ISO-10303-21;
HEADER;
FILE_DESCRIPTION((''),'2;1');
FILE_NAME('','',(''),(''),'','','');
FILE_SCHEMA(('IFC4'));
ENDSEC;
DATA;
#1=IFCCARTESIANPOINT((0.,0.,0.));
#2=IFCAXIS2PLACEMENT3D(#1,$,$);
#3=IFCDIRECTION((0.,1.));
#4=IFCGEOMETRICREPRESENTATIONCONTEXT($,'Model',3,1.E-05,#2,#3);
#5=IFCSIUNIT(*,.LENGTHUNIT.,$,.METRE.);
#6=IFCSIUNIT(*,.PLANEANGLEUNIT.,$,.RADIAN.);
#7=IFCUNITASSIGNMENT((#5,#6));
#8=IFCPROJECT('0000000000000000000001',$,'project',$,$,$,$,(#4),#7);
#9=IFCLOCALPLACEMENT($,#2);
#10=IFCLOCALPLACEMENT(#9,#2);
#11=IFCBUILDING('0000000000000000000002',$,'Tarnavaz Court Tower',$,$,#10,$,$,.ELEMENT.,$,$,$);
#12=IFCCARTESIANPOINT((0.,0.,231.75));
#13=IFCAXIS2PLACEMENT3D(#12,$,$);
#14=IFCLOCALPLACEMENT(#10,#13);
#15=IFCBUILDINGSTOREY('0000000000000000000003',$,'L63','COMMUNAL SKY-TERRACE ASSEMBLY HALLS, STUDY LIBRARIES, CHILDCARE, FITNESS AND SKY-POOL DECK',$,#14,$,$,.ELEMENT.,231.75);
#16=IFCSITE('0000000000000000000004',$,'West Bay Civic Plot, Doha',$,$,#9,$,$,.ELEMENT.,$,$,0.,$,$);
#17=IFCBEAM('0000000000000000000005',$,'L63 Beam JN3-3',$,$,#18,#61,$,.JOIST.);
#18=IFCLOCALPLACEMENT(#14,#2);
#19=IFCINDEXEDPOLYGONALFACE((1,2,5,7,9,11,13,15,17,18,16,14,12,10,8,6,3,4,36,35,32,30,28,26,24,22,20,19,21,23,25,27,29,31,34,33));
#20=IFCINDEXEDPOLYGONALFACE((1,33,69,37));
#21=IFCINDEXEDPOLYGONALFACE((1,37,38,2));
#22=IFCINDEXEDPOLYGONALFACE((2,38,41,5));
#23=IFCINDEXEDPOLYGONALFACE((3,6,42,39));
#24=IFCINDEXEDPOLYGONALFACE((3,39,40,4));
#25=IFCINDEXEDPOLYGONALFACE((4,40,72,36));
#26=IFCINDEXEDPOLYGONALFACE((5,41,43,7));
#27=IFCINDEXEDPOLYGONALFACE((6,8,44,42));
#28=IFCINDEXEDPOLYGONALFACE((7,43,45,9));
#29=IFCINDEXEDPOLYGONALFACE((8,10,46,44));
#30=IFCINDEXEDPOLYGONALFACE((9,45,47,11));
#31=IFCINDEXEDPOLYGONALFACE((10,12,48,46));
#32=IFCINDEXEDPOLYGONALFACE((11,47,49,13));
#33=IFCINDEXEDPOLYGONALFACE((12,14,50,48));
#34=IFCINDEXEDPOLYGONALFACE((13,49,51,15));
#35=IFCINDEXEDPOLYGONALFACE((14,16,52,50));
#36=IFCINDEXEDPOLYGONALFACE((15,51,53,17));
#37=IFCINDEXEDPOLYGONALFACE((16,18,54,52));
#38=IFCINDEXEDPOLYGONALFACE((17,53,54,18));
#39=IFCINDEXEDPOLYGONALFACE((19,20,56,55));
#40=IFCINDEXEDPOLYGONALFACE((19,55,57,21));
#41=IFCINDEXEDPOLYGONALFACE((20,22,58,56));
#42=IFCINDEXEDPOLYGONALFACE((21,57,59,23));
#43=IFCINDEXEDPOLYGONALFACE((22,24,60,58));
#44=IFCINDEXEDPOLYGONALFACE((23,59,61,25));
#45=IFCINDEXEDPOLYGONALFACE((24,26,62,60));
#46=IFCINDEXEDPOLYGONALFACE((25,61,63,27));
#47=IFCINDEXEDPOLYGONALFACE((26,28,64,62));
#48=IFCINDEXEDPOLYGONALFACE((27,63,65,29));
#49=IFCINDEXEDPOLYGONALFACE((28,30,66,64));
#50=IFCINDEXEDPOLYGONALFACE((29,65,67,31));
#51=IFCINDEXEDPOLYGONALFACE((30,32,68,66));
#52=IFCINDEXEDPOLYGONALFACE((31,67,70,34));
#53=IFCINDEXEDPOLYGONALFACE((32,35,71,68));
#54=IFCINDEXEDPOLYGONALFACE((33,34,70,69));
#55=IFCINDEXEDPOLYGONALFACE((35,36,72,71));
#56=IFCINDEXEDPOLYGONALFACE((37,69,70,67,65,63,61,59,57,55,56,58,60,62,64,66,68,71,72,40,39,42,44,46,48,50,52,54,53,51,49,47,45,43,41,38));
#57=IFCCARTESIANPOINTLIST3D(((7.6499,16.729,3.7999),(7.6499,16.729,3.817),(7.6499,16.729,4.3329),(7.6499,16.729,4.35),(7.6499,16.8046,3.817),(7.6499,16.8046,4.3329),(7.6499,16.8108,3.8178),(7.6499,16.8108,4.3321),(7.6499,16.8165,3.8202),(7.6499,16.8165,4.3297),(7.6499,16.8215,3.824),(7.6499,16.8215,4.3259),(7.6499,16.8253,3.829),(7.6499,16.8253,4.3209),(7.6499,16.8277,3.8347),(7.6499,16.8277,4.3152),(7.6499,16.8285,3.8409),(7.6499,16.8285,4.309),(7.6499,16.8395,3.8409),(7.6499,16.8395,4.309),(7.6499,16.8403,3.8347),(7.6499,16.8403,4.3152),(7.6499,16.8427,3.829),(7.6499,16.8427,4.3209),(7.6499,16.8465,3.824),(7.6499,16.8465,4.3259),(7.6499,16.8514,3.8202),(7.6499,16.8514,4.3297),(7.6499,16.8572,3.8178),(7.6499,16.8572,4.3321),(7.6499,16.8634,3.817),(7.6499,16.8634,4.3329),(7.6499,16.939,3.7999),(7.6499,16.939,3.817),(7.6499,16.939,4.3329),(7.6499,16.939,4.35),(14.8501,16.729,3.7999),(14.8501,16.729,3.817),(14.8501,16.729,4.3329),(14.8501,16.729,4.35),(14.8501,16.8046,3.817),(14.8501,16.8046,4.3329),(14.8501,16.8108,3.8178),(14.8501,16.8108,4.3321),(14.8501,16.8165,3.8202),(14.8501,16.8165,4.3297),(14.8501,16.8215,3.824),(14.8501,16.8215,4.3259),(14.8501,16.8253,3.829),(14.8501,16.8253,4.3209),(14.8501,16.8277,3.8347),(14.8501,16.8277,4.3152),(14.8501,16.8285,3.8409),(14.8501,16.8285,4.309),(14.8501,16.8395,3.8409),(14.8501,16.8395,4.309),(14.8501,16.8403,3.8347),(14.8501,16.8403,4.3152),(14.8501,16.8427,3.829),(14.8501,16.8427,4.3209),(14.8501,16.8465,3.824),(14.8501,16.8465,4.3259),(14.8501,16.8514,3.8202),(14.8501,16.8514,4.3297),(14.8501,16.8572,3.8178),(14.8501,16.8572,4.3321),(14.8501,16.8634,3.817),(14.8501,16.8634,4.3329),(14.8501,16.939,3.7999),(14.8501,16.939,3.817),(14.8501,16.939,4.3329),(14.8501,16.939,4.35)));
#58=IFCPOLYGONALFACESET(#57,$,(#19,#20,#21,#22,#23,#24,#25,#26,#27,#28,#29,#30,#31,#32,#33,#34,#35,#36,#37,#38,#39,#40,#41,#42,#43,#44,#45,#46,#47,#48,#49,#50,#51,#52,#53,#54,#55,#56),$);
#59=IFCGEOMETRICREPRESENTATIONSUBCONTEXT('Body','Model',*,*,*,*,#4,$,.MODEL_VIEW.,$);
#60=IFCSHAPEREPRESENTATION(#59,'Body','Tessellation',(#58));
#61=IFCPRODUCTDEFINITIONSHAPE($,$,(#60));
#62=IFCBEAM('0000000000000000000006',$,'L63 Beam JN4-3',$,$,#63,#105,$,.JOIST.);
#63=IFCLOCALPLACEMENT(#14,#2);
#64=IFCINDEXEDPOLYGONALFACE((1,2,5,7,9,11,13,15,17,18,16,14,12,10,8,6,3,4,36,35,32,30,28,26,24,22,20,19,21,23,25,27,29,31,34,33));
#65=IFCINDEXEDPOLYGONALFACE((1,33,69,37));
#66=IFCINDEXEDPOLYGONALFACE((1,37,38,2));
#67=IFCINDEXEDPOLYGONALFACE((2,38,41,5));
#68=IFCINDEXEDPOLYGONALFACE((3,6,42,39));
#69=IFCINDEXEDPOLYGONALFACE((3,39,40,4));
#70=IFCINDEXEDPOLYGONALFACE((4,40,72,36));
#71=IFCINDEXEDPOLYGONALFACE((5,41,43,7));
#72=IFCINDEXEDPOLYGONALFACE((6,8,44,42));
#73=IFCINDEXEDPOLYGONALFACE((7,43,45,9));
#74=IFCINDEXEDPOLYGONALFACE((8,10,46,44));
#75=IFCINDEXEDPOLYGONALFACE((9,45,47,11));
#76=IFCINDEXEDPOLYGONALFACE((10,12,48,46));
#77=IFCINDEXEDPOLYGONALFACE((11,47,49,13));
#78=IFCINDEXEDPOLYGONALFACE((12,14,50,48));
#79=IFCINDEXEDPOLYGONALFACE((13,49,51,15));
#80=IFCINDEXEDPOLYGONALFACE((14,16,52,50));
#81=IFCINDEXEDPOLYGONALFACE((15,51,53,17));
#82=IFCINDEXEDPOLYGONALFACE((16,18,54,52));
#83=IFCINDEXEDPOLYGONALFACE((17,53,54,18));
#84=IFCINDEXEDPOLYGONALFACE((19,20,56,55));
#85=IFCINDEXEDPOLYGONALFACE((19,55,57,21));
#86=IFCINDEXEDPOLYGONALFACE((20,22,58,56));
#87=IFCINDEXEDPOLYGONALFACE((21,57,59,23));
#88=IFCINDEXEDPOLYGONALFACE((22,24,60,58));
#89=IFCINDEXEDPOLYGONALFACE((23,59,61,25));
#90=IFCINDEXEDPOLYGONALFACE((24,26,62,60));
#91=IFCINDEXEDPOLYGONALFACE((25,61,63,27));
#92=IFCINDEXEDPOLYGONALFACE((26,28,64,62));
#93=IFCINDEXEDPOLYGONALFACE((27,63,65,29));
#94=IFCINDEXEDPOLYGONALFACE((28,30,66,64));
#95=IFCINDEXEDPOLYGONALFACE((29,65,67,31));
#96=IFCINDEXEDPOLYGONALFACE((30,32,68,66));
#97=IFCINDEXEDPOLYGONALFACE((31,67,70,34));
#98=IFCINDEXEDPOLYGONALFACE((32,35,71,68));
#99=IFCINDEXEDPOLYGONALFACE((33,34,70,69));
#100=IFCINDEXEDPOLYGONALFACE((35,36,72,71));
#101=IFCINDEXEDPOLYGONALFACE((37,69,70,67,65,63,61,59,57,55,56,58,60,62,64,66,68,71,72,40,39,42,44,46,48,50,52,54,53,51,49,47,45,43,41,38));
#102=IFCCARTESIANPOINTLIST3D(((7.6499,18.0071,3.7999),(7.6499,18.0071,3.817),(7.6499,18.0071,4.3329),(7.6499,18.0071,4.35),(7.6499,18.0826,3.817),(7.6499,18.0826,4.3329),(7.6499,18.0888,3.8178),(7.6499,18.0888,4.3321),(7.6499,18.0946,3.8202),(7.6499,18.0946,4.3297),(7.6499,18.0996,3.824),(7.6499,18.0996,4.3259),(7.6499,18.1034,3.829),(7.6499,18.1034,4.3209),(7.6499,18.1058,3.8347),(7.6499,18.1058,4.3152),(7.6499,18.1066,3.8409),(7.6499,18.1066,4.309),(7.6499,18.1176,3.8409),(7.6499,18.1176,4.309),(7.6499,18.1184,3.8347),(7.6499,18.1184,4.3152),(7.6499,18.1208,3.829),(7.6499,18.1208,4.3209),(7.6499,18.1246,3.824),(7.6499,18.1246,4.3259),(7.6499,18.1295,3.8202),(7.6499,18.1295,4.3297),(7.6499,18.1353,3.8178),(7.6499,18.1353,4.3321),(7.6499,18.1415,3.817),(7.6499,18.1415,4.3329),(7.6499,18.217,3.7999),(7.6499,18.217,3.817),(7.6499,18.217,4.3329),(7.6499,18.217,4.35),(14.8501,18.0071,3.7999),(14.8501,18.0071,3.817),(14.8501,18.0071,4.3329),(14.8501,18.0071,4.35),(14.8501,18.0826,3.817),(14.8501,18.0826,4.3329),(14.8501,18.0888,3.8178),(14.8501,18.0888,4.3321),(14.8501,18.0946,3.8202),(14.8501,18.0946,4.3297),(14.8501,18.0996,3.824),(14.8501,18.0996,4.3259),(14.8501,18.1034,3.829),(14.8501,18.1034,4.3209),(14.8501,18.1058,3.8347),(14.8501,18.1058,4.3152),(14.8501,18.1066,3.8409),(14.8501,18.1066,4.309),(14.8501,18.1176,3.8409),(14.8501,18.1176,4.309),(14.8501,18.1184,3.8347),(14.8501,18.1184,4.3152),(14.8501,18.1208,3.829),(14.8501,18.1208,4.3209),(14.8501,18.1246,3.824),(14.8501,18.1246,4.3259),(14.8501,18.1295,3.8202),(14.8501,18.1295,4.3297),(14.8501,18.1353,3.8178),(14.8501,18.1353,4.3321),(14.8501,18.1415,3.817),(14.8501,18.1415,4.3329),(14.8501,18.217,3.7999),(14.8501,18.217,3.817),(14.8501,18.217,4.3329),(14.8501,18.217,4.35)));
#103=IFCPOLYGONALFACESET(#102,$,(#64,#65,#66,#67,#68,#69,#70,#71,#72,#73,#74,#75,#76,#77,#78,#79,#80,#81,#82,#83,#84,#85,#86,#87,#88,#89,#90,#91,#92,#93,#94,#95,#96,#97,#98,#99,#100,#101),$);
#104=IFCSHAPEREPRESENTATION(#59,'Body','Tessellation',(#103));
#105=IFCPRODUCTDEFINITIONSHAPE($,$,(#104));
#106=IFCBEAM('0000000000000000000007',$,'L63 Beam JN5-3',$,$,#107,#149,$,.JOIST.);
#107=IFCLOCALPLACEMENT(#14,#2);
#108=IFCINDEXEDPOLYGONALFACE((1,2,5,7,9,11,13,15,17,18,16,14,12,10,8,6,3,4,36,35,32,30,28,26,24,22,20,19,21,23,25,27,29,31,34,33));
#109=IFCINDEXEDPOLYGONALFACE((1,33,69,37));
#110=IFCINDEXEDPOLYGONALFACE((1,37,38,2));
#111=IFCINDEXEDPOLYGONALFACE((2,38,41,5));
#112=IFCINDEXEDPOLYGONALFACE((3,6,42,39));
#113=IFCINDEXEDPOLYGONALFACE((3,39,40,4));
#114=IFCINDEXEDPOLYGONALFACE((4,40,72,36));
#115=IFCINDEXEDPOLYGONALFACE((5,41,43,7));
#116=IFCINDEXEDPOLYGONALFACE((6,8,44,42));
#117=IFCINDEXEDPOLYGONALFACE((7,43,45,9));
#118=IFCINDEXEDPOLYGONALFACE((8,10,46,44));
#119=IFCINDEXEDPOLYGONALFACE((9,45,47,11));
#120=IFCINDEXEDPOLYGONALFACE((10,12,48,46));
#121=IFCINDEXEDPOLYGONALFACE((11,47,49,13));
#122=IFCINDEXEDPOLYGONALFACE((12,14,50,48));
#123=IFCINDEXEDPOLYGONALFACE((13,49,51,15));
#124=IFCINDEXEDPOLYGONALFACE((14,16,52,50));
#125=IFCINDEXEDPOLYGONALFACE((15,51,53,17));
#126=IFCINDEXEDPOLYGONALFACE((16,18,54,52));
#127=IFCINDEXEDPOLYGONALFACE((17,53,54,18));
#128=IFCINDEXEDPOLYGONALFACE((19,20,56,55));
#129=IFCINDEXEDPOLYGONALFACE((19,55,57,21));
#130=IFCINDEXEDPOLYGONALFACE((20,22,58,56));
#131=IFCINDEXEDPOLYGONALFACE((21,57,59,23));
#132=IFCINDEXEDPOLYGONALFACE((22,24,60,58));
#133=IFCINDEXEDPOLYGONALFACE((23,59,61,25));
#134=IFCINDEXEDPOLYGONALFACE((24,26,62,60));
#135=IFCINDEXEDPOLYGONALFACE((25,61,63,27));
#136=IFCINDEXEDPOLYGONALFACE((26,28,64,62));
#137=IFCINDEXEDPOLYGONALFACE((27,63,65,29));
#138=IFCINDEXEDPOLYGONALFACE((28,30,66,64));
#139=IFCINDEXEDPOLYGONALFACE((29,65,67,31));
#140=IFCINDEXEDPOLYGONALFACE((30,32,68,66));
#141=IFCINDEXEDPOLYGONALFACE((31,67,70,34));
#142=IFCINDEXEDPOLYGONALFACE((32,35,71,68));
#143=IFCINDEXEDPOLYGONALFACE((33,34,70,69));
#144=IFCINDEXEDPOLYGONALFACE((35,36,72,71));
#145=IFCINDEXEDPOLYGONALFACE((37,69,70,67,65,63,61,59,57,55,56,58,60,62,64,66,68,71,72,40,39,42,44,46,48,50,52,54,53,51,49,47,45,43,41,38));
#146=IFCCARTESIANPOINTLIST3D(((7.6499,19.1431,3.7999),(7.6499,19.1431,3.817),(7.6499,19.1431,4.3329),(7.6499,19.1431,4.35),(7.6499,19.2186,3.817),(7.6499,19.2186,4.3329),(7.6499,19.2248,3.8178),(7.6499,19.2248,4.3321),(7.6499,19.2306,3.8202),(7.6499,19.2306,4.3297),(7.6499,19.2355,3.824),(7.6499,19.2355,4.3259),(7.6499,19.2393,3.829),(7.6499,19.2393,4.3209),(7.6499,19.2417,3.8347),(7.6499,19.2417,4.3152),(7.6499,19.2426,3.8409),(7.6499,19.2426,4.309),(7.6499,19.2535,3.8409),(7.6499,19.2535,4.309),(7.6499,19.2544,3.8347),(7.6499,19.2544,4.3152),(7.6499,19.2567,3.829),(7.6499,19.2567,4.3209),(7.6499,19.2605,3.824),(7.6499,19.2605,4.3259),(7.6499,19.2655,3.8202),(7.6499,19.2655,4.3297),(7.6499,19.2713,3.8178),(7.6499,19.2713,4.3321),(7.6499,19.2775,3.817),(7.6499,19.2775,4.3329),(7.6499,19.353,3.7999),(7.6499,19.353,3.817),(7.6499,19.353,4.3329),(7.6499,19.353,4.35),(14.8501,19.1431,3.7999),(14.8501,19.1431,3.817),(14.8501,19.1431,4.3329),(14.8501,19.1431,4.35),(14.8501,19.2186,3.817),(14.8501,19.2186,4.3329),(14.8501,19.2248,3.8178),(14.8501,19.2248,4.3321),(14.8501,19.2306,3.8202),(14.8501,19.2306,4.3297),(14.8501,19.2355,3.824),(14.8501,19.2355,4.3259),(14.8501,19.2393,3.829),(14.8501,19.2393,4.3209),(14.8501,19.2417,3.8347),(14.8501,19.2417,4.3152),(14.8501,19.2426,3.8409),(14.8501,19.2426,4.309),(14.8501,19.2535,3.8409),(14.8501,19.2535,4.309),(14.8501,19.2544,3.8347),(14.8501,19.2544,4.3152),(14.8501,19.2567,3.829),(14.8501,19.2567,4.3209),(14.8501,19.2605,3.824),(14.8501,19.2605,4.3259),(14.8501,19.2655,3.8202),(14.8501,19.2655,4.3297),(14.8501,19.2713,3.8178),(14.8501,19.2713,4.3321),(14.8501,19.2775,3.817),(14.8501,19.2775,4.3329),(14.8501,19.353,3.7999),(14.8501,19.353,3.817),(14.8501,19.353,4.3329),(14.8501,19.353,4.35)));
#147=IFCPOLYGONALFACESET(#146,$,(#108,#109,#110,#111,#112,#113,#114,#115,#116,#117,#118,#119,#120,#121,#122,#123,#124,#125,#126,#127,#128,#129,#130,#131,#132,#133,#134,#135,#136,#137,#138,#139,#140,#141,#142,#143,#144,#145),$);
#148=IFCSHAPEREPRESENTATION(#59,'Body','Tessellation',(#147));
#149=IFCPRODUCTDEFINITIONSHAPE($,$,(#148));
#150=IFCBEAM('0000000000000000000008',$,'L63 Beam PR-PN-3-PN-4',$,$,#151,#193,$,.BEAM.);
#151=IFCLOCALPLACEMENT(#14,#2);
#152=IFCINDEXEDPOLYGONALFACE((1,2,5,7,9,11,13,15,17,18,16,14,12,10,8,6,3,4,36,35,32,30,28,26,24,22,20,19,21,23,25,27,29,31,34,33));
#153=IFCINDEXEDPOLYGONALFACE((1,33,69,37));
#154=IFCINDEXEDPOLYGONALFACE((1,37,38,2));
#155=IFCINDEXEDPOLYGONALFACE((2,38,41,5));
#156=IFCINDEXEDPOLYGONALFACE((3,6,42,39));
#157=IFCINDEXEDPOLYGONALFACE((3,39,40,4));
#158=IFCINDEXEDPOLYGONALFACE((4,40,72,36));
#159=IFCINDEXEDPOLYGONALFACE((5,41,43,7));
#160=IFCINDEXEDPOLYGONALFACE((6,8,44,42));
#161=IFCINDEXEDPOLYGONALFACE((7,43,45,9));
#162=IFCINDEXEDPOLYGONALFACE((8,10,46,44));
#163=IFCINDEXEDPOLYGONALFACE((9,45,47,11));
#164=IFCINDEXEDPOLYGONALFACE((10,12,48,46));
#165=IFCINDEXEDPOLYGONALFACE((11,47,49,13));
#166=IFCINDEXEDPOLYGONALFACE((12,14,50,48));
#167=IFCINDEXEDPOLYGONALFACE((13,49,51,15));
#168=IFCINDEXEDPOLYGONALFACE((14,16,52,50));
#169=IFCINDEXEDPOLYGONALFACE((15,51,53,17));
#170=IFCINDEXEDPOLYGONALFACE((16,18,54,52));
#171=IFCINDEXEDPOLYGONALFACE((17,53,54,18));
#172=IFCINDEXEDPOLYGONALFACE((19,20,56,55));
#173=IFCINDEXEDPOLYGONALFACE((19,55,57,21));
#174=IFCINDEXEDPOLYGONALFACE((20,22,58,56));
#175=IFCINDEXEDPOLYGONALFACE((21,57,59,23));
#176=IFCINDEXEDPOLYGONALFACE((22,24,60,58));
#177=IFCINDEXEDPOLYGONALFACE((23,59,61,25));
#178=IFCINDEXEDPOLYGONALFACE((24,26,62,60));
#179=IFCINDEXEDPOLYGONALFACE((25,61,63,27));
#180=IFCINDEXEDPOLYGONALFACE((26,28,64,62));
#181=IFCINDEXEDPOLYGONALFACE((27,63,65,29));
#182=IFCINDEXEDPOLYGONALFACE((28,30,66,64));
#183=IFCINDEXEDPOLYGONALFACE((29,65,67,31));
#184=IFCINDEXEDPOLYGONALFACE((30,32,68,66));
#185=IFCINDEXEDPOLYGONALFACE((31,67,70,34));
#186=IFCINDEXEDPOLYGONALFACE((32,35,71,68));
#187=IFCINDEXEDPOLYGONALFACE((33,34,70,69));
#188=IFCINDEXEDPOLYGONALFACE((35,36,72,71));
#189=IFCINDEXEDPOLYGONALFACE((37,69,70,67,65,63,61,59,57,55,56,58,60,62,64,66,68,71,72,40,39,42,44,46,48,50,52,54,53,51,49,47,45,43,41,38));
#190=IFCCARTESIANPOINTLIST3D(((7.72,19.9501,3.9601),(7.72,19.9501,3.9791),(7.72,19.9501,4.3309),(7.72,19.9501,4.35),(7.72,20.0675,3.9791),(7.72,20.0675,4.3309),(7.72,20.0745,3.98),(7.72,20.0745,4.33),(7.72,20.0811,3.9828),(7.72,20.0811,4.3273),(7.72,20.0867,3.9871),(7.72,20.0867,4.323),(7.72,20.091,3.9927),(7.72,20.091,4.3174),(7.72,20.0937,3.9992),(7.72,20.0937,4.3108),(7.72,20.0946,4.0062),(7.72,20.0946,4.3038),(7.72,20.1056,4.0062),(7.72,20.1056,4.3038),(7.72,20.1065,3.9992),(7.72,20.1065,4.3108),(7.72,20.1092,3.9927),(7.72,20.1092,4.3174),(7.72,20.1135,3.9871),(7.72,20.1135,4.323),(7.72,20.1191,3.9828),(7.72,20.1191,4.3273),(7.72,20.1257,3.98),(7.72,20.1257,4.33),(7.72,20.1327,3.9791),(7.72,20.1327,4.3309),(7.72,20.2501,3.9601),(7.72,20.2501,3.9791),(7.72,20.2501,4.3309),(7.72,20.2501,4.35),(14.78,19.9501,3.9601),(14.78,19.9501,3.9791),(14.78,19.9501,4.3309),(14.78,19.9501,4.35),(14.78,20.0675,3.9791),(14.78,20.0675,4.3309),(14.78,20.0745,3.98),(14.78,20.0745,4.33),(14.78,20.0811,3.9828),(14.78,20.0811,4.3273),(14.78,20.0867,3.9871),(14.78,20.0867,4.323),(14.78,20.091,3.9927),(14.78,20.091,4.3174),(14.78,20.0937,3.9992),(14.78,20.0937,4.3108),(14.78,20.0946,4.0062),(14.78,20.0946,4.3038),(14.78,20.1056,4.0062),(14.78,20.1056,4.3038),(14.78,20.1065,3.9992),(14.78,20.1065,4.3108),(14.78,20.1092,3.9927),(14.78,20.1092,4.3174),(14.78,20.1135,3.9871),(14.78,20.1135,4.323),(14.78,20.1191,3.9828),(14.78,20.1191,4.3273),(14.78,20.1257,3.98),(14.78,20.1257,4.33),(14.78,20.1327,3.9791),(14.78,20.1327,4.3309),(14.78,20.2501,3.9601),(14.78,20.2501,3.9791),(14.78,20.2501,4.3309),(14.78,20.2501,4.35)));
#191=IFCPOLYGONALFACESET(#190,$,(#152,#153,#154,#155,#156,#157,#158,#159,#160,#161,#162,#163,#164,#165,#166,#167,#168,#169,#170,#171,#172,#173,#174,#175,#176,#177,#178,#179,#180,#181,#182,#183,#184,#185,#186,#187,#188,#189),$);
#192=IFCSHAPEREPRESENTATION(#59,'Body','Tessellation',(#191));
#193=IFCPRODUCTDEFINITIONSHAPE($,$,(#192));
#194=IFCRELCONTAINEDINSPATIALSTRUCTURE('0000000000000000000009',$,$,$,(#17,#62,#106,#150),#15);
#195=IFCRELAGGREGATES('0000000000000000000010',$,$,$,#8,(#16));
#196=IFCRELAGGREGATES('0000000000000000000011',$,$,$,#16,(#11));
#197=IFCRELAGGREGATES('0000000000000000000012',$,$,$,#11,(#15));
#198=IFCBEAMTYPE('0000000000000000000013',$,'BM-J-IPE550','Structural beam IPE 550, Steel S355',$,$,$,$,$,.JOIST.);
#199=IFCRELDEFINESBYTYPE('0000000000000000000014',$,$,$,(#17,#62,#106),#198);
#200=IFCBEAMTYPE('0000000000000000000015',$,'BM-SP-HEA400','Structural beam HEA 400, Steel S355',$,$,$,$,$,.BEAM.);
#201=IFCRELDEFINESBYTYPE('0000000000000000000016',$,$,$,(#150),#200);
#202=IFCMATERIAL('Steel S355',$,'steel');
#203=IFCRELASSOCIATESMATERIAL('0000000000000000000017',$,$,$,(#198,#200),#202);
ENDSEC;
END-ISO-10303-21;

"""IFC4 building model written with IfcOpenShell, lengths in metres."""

from ifc_helpers import new_model, si_unit, direction, frame, origin, origin_2d, place, context, subcontext, project, spatial, i_section, extrude, material, material_profile, profile_set, type_object, element, save


model = new_model("IFC4")

# Units and contexts
model_context = context("Model", 3, precision=1e-05, world=origin(), true_north=direction((0.0, 1.0)))
body_context = subcontext(model_context, "Body", "Model", "MODEL_VIEW")
ifc_project = project(units=[si_unit("LENGTHUNIT", "METRE"), si_unit("PLANEANGLEUNIT", "RADIAN")], contexts=[model_context])

# Site, building, storey
site_placement = place(None, origin())
site = spatial("IfcSite", under=ifc_project, at=site_placement, Name="West Bay Civic Plot, Doha", CompositionType="ELEMENT", RefElevation=0.0)
building_placement = place(site_placement, origin())
building = spatial("IfcBuilding", under=site, at=building_placement, Name="Tarnavaz Court Tower", CompositionType="ELEMENT")
storey_placement = place(building_placement, frame((0.0, 0.0, 231.75)))
storey = spatial("IfcBuildingStorey", under=building, at=storey_placement, Name="L63", Description="COMMUNAL SKY-TERRACE ASSEMBLY HALLS, STUDY LIBRARIES, CHILDCARE, FITNESS AND SKY-POOL DECK", CompositionType="ELEMENT", Elevation=231.75)

# Beams
ifc_material_1 = material(Name="Steel S355", Category="steel")
ifc_material_profile_1 = material_profile(ifc_material_1, i_section(OverallWidth=0.21, OverallDepth=0.55, WebThickness=0.011, FlangeThickness=0.0171, FilletRadius=0.0239, at=origin_2d()), Name="IPE 550")
ifc_profile_set_1 = profile_set([ifc_material_profile_1], Name="Steel S355")
beam_type_1 = type_object("IfcBeamType", Name="BM-J-IPE550", Description="Structural beam IPE 550, Steel S355", PredefinedType="JOIST", material=ifc_profile_set_1)
for number, where, z_axis, x_axis, name in (
    (1, (7.6499, 16.834, 4.075), (1.0, 0.0, 0.0), (0.0, 1.0, 0.0), "L63 Beam JN3-3"),
    (2, (7.6499, 18.1121, 4.075), (1.0, 0.0, 0.0), (0.0, 1.0, 0.0), "L63 Beam JN4-3"),
    (3, (7.6499, 19.248, 4.075), (1.0, 0.0, 0.0), (0.0, 1.0, 0.0), "L63 Beam JN5-3"),
):
    element("IfcBeam", number, at=place(storey_placement, frame(where, z_axis=z_axis, x_axis=x_axis)), inside=storey, type_object=beam_type_1, Name=name, PredefinedType="JOIST", context=body_context, shape_type="SweptSolid", body=[
        extrude(i_section(OverallWidth=0.21, OverallDepth=0.55, WebThickness=0.011, FlangeThickness=0.0171, FilletRadius=0.0239, at=origin_2d()), origin(), (0.0, 0.0, 1.0), 7.2002),
    ])
ifc_material_profile_2 = material_profile(ifc_material_1, i_section(OverallWidth=0.3, OverallDepth=0.3899, WebThickness=0.011, FlangeThickness=0.019, FilletRadius=0.0271, at=origin_2d()), Name="HEA 400")
ifc_profile_set_2 = profile_set([ifc_material_profile_2], Name="Steel S355")
beam_type_2 = type_object("IfcBeamType", Name="BM-SP-HEA400", Description="Structural beam HEA 400, Steel S355", PredefinedType="BEAM", material=ifc_profile_set_2)
beam_placement = place(storey_placement, frame((7.72, 20.1001, 4.155), z_axis=(1.0, 0.0, 0.0), x_axis=(0.0, 1.0, 0.0)))
element("IfcBeam", 4, at=beam_placement, inside=storey, type_object=beam_type_2, Name="L63 Beam PR-PN-3-PN-4", PredefinedType="BEAM", context=body_context, shape_type="SweptSolid", body=[
    extrude(i_section(OverallWidth=0.3, OverallDepth=0.3899, WebThickness=0.011, FlangeThickness=0.019, FilletRadius=0.0271, at=origin_2d()), origin(), (0.0, 0.0, 1.0), 7.0601),
])

save(model, "model.ifc")
